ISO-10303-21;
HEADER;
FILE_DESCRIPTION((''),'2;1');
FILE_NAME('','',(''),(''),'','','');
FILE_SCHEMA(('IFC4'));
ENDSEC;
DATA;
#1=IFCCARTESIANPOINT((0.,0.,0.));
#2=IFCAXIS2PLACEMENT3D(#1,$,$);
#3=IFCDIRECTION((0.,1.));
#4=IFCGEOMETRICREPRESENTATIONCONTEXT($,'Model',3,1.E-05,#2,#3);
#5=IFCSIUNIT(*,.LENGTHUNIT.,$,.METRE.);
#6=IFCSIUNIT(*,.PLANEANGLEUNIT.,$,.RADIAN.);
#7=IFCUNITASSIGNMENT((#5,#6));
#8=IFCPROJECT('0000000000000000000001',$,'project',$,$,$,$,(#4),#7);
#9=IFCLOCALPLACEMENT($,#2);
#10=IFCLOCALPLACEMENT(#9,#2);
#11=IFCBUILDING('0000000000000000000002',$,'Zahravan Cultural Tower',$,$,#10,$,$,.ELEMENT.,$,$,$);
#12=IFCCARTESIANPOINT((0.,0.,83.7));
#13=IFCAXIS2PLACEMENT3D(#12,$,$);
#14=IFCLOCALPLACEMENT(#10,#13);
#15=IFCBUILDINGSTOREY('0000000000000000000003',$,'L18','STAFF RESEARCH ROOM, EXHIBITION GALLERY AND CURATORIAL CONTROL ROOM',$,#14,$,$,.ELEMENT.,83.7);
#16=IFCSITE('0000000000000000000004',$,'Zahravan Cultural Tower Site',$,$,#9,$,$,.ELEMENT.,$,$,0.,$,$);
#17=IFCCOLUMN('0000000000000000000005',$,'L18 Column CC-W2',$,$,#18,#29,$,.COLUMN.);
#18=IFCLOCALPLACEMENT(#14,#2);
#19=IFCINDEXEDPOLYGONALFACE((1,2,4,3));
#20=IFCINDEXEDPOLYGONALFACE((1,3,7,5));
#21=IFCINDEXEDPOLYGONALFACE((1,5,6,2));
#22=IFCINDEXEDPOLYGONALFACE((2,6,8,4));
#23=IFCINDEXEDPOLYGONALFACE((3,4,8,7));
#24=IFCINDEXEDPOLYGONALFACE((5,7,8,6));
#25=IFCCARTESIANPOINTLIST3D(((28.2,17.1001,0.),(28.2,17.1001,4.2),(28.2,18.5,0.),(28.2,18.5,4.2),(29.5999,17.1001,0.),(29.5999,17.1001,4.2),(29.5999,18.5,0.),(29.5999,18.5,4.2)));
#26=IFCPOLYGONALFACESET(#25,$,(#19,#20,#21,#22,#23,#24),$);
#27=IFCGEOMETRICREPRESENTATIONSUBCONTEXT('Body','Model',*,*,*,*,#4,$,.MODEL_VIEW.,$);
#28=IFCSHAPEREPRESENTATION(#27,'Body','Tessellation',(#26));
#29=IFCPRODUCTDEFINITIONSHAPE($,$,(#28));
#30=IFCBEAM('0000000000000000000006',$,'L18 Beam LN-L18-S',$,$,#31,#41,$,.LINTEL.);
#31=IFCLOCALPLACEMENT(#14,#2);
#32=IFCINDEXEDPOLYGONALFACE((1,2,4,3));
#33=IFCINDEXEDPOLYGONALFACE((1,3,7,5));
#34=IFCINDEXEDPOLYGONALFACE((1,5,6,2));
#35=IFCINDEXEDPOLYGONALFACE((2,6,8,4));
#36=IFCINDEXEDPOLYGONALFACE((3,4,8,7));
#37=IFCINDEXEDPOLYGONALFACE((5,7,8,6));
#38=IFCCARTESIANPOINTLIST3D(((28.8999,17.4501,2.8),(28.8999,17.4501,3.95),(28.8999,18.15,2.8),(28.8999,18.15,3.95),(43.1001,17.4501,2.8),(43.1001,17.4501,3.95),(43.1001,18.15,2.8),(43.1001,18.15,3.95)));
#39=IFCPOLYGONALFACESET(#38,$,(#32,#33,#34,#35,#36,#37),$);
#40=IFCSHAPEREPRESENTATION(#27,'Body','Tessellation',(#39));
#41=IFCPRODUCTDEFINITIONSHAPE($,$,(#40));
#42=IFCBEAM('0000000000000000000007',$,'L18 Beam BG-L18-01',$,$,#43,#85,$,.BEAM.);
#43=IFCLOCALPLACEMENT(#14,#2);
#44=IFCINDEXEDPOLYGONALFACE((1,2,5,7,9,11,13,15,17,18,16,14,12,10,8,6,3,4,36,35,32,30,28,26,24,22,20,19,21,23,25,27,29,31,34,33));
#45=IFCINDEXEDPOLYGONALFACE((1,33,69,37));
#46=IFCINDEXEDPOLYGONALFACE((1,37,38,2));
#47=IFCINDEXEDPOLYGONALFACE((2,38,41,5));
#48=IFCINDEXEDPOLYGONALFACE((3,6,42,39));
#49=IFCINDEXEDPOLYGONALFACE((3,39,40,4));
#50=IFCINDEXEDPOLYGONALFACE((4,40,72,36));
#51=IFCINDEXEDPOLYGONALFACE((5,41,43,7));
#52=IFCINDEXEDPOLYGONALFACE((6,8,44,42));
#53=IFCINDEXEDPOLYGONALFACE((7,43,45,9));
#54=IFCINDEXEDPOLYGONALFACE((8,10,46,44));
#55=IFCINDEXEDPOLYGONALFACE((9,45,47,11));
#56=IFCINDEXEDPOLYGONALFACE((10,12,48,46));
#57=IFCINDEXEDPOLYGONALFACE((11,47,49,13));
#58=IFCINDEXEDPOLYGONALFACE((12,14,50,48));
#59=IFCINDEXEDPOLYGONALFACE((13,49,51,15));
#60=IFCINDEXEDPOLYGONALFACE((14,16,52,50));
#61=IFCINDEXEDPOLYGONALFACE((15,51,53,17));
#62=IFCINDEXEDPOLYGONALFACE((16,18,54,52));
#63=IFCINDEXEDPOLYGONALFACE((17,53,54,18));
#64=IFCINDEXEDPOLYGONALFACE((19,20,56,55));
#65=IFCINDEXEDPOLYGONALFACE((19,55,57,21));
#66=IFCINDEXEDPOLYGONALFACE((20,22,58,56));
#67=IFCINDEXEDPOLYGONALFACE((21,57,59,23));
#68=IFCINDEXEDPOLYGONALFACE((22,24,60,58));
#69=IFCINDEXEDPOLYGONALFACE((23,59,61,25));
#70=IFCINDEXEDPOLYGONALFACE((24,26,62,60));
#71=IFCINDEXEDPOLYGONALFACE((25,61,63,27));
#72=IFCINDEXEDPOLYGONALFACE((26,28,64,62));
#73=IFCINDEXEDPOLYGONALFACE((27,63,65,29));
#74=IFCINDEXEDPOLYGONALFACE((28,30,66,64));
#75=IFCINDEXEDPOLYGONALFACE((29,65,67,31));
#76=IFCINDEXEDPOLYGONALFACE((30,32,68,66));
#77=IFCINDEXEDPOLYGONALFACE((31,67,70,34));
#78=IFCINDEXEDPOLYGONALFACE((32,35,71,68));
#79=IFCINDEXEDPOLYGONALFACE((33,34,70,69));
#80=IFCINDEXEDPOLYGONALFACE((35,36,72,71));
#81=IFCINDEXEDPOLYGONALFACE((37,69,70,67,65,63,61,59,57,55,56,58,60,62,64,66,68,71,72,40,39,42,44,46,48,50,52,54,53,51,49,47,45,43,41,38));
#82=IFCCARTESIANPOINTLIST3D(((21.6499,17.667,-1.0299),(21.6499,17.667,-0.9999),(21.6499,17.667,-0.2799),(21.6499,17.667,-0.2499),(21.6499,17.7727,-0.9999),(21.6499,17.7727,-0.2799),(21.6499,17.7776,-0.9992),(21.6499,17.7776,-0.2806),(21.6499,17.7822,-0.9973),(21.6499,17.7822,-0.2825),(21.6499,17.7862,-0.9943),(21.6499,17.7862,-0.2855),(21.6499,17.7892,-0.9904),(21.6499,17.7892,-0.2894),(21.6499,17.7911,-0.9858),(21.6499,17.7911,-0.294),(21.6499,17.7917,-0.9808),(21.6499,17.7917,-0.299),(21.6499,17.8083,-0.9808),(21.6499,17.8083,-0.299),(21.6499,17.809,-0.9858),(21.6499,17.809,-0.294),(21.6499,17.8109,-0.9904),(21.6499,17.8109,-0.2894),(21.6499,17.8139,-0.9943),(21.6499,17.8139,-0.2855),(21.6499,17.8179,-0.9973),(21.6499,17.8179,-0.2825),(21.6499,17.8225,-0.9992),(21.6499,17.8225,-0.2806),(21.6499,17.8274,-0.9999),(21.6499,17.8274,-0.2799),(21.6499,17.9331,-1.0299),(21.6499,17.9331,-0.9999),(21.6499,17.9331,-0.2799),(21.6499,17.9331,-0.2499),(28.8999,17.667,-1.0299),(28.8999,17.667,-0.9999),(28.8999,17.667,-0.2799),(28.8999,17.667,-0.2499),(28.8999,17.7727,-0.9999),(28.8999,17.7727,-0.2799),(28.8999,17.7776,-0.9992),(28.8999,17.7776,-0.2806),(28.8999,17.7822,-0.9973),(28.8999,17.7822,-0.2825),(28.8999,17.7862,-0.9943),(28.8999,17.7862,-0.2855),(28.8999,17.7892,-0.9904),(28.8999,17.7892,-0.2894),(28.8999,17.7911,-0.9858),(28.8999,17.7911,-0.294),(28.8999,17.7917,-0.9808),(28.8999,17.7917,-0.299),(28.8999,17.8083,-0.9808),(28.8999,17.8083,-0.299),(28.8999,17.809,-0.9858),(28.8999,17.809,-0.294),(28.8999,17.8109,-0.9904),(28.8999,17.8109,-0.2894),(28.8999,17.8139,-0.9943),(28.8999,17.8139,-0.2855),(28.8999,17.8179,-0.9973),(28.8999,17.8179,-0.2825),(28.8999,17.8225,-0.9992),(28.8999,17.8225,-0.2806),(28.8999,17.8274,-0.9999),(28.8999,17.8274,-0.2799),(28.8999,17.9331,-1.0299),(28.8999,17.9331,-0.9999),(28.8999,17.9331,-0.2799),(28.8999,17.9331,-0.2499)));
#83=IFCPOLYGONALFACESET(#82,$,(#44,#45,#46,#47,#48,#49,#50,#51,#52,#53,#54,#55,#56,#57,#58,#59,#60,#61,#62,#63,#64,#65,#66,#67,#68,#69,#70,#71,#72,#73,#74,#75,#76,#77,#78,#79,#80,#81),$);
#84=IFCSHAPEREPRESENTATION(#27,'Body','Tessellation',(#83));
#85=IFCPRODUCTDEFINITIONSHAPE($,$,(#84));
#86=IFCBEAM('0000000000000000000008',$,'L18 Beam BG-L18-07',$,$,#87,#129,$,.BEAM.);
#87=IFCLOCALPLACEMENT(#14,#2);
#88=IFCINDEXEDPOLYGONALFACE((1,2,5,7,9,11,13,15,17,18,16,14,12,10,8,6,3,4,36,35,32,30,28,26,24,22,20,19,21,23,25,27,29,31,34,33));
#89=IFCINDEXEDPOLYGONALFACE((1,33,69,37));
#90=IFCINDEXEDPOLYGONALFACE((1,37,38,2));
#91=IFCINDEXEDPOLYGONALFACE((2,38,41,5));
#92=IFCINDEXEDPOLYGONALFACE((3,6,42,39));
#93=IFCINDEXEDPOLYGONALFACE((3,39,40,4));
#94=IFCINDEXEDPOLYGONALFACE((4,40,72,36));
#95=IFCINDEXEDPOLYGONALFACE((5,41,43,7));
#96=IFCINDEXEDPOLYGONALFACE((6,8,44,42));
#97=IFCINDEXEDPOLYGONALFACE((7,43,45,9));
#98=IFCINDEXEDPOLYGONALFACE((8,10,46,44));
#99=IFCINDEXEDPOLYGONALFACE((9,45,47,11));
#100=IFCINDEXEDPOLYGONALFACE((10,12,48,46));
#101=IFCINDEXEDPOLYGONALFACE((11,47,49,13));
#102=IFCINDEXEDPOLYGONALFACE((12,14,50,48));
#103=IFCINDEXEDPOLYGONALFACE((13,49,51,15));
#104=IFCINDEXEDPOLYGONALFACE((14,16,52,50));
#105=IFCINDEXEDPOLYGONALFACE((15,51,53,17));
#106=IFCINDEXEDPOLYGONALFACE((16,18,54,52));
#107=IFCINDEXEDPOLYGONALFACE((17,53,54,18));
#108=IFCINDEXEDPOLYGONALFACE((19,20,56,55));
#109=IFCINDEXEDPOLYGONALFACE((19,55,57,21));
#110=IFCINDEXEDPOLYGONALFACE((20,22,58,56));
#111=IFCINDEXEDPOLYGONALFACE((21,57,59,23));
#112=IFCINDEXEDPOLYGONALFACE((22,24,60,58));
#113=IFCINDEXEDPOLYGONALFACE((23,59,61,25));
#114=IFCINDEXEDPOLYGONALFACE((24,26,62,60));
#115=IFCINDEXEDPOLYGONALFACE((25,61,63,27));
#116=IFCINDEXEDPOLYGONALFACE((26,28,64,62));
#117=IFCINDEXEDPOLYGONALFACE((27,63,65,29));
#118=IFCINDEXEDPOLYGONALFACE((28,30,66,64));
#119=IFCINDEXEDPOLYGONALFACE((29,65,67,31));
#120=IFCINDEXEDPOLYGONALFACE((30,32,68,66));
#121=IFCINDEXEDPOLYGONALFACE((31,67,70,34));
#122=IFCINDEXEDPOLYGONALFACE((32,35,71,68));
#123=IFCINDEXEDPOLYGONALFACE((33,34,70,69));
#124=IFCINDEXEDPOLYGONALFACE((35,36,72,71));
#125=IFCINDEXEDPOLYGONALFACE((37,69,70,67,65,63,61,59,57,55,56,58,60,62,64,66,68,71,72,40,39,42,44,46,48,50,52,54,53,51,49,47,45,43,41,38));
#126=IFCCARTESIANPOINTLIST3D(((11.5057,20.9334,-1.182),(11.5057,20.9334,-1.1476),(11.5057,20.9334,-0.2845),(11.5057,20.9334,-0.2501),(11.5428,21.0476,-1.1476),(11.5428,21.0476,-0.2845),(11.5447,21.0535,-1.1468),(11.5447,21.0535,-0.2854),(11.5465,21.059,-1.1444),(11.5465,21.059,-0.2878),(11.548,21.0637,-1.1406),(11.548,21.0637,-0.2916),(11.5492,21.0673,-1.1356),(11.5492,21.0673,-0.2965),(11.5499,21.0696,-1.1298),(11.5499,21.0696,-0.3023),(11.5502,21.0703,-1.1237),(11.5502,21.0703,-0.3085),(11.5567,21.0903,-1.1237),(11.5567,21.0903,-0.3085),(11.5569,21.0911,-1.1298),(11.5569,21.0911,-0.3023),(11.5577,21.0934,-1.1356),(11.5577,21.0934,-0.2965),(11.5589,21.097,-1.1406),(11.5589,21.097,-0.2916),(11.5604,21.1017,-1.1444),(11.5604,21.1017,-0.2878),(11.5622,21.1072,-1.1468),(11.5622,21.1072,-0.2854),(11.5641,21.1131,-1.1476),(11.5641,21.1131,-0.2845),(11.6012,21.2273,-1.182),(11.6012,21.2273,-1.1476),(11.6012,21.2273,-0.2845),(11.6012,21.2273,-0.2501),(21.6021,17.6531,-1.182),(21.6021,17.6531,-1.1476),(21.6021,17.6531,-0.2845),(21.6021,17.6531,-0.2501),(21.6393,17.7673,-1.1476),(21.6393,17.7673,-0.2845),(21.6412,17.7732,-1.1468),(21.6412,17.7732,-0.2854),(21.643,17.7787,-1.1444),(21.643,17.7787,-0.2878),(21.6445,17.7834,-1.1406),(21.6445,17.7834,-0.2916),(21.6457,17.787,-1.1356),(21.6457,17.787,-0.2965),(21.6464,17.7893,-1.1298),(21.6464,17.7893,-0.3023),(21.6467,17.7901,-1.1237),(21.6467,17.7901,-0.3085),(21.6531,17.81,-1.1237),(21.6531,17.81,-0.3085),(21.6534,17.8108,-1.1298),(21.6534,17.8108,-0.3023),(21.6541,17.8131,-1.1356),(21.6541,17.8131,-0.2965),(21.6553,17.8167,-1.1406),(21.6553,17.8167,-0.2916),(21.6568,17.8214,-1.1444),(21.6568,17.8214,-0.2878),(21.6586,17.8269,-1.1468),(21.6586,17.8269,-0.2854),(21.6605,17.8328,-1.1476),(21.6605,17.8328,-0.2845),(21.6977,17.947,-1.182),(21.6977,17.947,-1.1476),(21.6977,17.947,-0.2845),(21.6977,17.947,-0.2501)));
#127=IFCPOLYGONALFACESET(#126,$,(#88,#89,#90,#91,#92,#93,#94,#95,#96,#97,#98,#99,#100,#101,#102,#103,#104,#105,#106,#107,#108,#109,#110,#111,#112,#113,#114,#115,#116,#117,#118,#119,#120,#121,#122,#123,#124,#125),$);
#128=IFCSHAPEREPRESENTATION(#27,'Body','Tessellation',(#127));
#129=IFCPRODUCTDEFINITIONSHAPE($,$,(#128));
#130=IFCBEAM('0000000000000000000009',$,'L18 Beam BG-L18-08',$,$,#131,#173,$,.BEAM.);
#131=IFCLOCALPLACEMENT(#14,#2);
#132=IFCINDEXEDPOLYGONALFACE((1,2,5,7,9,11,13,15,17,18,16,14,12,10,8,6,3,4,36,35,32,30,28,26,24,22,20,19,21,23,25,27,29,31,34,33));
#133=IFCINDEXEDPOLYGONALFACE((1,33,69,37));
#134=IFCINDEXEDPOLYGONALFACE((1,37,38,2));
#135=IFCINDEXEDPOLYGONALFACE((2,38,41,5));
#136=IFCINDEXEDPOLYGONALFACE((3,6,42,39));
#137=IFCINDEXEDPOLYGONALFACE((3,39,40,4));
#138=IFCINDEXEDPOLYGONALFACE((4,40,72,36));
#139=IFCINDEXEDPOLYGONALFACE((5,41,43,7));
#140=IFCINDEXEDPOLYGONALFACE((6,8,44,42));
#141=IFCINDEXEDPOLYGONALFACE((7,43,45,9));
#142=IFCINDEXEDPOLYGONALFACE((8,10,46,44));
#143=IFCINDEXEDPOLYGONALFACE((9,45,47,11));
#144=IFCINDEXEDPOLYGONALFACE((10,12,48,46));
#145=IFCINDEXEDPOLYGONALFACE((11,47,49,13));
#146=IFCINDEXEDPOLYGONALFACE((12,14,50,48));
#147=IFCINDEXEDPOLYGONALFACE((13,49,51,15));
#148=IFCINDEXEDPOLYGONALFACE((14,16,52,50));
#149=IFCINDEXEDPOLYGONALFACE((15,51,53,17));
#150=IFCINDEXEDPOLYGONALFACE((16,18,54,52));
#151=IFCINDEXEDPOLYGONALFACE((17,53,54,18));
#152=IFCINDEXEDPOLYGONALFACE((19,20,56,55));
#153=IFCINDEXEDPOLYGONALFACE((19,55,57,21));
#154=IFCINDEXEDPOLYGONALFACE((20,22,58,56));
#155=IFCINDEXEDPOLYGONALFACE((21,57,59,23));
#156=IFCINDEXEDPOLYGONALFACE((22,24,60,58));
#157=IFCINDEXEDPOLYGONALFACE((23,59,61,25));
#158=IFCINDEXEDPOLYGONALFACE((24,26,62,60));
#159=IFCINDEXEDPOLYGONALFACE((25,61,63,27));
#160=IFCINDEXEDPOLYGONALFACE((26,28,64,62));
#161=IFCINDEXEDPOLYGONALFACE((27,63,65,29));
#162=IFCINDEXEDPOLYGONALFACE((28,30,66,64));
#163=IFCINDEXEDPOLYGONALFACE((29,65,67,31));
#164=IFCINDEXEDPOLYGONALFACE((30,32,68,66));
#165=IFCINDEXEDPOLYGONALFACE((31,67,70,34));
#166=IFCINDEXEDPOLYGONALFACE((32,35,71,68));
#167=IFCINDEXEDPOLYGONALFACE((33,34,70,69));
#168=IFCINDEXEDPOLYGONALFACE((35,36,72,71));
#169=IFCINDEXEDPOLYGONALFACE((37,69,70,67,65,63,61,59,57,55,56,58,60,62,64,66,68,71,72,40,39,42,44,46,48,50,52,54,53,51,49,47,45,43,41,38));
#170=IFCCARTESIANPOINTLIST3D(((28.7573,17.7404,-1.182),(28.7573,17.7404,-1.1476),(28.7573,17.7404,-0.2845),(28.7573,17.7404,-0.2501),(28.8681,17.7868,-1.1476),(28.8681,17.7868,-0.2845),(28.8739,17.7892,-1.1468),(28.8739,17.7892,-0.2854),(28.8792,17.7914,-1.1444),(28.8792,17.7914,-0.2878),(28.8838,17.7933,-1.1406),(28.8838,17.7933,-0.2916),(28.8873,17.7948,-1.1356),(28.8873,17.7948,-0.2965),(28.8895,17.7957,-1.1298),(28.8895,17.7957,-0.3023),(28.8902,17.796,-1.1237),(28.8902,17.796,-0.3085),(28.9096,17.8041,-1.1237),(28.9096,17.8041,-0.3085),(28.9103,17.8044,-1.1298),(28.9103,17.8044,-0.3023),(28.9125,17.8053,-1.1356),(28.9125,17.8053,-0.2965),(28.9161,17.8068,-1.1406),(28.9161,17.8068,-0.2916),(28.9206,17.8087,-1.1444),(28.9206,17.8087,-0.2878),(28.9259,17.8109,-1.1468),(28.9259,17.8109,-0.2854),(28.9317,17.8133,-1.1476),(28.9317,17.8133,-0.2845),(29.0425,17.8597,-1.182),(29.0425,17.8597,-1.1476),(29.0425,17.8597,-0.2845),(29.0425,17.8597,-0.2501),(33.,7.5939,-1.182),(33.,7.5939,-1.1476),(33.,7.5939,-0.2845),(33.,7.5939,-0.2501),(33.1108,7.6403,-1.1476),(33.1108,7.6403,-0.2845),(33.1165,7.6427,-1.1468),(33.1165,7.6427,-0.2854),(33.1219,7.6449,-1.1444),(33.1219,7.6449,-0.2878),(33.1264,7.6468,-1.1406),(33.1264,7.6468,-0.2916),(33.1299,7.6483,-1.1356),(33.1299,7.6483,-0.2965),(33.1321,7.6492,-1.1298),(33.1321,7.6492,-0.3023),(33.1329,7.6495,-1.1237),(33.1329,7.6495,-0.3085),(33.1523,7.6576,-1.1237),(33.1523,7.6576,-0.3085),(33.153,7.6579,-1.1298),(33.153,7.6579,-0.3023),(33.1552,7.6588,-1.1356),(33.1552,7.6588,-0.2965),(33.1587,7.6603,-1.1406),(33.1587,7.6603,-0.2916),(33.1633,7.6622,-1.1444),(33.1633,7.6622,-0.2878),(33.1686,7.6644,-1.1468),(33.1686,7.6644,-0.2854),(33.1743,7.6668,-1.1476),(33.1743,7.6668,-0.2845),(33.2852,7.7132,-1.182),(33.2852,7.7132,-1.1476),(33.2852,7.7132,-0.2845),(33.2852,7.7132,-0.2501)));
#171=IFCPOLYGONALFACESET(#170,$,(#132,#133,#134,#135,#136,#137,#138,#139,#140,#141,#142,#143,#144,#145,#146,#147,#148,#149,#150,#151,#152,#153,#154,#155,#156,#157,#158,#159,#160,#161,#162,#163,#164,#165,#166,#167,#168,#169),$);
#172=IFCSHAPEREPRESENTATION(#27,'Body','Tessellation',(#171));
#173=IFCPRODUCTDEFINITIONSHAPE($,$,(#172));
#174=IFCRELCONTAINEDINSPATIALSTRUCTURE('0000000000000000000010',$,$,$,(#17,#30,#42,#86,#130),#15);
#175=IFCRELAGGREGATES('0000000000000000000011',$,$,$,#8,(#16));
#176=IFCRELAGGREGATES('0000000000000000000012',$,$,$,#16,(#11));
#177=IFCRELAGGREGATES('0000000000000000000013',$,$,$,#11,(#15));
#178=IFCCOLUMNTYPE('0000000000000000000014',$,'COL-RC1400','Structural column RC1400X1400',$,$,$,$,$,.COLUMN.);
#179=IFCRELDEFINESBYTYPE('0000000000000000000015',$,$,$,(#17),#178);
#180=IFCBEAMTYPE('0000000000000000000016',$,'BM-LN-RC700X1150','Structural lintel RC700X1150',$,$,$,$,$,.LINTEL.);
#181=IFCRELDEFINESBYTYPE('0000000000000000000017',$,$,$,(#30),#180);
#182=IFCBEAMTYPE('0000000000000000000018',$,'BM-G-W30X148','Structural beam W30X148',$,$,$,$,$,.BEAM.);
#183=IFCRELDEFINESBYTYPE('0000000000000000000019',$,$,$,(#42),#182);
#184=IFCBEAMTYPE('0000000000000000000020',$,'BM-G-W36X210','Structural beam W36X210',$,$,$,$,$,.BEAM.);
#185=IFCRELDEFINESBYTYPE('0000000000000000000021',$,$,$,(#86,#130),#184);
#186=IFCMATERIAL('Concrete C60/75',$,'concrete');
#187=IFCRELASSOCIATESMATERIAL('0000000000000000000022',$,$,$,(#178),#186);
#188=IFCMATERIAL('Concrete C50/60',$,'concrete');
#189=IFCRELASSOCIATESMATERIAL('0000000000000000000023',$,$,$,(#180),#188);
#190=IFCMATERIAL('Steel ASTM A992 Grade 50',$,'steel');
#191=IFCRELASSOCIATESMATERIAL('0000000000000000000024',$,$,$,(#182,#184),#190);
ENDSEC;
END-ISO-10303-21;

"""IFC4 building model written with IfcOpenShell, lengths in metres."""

from ifc_helpers import new_model, si_unit, direction, frame, origin, origin_2d, place, context, subcontext, project, spatial, rectangle, i_section, extrude, source, transform, mapped, material, material_profile, profile_set, type_object, element, save


model = new_model("IFC4")

# Units and contexts
model_context = context("Model", 3, precision=1e-05, world=origin(), true_north=direction((0.0, 1.0)))
body_context = subcontext(model_context, "Body", "Model", "MODEL_VIEW")
ifc_project = project(units=[si_unit("LENGTHUNIT", "METRE"), si_unit("PLANEANGLEUNIT", "RADIAN")], contexts=[model_context])

# Site, building, storey
site_placement = place(None, origin())
site = spatial("IfcSite", under=ifc_project, at=site_placement, Name="Zahravan Cultural Tower Site", CompositionType="ELEMENT", RefElevation=0.0)
building_placement = place(site_placement, origin())
building = spatial("IfcBuilding", under=site, at=building_placement, Name="Zahravan Cultural Tower", CompositionType="ELEMENT")
storey_placement = place(building_placement, frame((0.0, 0.0, 83.7)))
storey = spatial("IfcBuildingStorey", under=building, at=storey_placement, Name="L18", Description="STAFF RESEARCH ROOM, EXHIBITION GALLERY AND CURATORIAL CONTROL ROOM", CompositionType="ELEMENT", Elevation=83.7)

# Column
ifc_material_1 = material(Name="Concrete C60/75", Category="concrete")
ifc_material_profile_1 = material_profile(ifc_material_1, rectangle(XDim=1.3999, YDim=1.3999, at=origin_2d()), Name="RC1400X1400")
ifc_profile_set_1 = profile_set([ifc_material_profile_1], Name="Concrete C60/75")
column_type = type_object("IfcColumnType", Name="COL-RC1400", Description="Structural column RC1400X1400", PredefinedType="COLUMN", material=ifc_profile_set_1)
shared_shape_1 = source(origin(), body_context, "Body", "SweptSolid", [
    extrude(rectangle(XDim=1.3999, YDim=1.3999, at=origin_2d()), origin(), (0.0, 0.0, 1.0), 4.2),
])
column_placement = place(storey_placement, frame((28.8999, 17.8, 0.0), z_axis=(0.0, 0.0, 1.0), x_axis=(1.0, 0.0, 0.0)))
element("IfcColumn", 1, at=column_placement, inside=storey, type_object=column_type, Name="L18 Column CC-W2", PredefinedType="COLUMN", context=body_context, shape_type="MappedRepresentation", body=[
    mapped(shared_shape_1, transform((0.0, 0.0, 0.0), x_axis=(1.0, 0.0, 0.0), y_axis=(0.0, 1.0, 0.0), z_axis=(0.0, 0.0, 1.0), scale=1.0)),
])

# Beams
ifc_material_2 = material(Name="Concrete C50/60", Category="concrete")
ifc_material_profile_2 = material_profile(ifc_material_2, rectangle(XDim=0.7, YDim=1.1499, at=origin_2d()), Name="RC700X1150")
ifc_profile_set_2 = profile_set([ifc_material_profile_2], Name="Concrete C50/60")
beam_type_1 = type_object("IfcBeamType", Name="BM-LN-RC700X1150", Description="Structural lintel RC700X1150", PredefinedType="LINTEL", material=ifc_profile_set_2)
shared_shape_2 = source(origin(), body_context, "Body", "SweptSolid", [
    extrude(rectangle(XDim=0.7, YDim=1.1499, at=origin_2d()), origin(), (0.0, 0.0, 1.0), 14.2002),
])
beam_1_placement = place(storey_placement, frame((28.8999, 17.8, 3.375), z_axis=(1.0, 0.0, 0.0), x_axis=(0.0, 1.0, 0.0)))
element("IfcBeam", 2, at=beam_1_placement, inside=storey, type_object=beam_type_1, Name="L18 Beam LN-L18-S", PredefinedType="LINTEL", context=body_context, shape_type="MappedRepresentation", body=[
    mapped(shared_shape_2, transform((0.0, 0.0, 0.0), x_axis=(1.0, 0.0, 0.0), y_axis=(0.0, 1.0, 0.0), z_axis=(0.0, 0.0, 1.0), scale=1.0)),
])
ifc_material_3 = material(Name="Steel ASTM A992 Grade 50", Category="steel")
ifc_material_profile_3 = material_profile(ifc_material_3, i_section(OverallWidth=0.2661, OverallDepth=0.78, WebThickness=0.0166, FlangeThickness=0.03, FilletRadius=0.019, at=origin_2d()), Name="W30X148")
ifc_profile_set_3 = profile_set([ifc_material_profile_3], Name="Steel ASTM A992 Grade 50")
beam_type_2 = type_object("IfcBeamType", Name="BM-G-W30X148", Description="Structural beam W30X148", PredefinedType="BEAM", material=ifc_profile_set_3)
shared_shape_3 = source(origin(), body_context, "Body", "SweptSolid", [
    extrude(i_section(OverallWidth=0.2661, OverallDepth=0.78, WebThickness=0.0166, FlangeThickness=0.03, FilletRadius=0.019, at=origin_2d()), origin(), (0.0, 0.0, 1.0), 7.25),
])
beam_2_placement = place(storey_placement, frame((21.6499, 17.8, -0.6399), z_axis=(1.0, 0.0, 0.0), x_axis=(0.0, 1.0, 0.0)))
element("IfcBeam", 3, at=beam_2_placement, inside=storey, type_object=beam_type_2, Name="L18 Beam BG-L18-01", PredefinedType="BEAM", context=body_context, shape_type="MappedRepresentation", body=[
    mapped(shared_shape_3, transform((0.0, 0.0, 0.0), x_axis=(1.0, 0.0, 0.0), y_axis=(0.0, 1.0, 0.0), z_axis=(0.0, 0.0, 1.0), scale=1.0)),
])
ifc_material_profile_4 = material_profile(ifc_material_3, i_section(OverallWidth=0.3091, OverallDepth=0.9319, WebThickness=0.021, FlangeThickness=0.0344, FilletRadius=0.0239, at=origin_2d()), Name="W36X210")
ifc_profile_set_4 = profile_set([ifc_material_profile_4], Name="Steel ASTM A992 Grade 50")
beam_type_3 = type_object("IfcBeamType", Name="BM-G-W36X210", Description="Structural beam W36X210", PredefinedType="BEAM", material=ifc_profile_set_4)
shared_shape_4 = source(origin(), body_context, "Body", "SweptSolid", [
    extrude(i_section(OverallWidth=0.3091, OverallDepth=0.9319, WebThickness=0.021, FlangeThickness=0.0344, FilletRadius=0.0239, at=origin_2d()), origin(), (0.0, 0.0, 1.0), 10.616),
])
beam_3_placement = place(storey_placement, frame((21.6499, 17.8, -0.7161), z_axis=(-0.951064, 0.308995, 0.0), x_axis=(-0.308995, -0.951064, 0.0)))
element("IfcBeam", 4, at=beam_3_placement, inside=storey, type_object=beam_type_3, Name="L18 Beam BG-L18-07", PredefinedType="BEAM", context=body_context, shape_type="MappedRepresentation", body=[
    mapped(shared_shape_4, transform((0.0, 0.0, 0.0), x_axis=(1.0, 0.0, 0.0), y_axis=(0.0, 1.0, 0.0), z_axis=(0.0, 0.0, 1.0), scale=1.0)),
])
shared_shape_5 = source(origin(), body_context, "Body", "SweptSolid", [
    extrude(i_section(OverallWidth=0.3091, OverallDepth=0.9319, WebThickness=0.021, FlangeThickness=0.0344, FilletRadius=0.0239, at=origin_2d()), origin(), (0.0, 0.0, 1.0), 10.9978),
])
beam_4_placement = place(storey_placement, frame((28.8999, 17.8, -0.7161), z_axis=(0.385775, -0.922593, 0.0), x_axis=(0.922593, 0.385775, 0.0)))
element("IfcBeam", 5, at=beam_4_placement, inside=storey, type_object=beam_type_3, Name="L18 Beam BG-L18-08", PredefinedType="BEAM", context=body_context, shape_type="MappedRepresentation", body=[
    mapped(shared_shape_5, transform((0.0, 0.0, 0.0), x_axis=(1.0, 0.0, 0.0), y_axis=(0.0, 1.0, 0.0), z_axis=(0.0, 0.0, 1.0), scale=1.0)),
])

save(model, "model.ifc")
